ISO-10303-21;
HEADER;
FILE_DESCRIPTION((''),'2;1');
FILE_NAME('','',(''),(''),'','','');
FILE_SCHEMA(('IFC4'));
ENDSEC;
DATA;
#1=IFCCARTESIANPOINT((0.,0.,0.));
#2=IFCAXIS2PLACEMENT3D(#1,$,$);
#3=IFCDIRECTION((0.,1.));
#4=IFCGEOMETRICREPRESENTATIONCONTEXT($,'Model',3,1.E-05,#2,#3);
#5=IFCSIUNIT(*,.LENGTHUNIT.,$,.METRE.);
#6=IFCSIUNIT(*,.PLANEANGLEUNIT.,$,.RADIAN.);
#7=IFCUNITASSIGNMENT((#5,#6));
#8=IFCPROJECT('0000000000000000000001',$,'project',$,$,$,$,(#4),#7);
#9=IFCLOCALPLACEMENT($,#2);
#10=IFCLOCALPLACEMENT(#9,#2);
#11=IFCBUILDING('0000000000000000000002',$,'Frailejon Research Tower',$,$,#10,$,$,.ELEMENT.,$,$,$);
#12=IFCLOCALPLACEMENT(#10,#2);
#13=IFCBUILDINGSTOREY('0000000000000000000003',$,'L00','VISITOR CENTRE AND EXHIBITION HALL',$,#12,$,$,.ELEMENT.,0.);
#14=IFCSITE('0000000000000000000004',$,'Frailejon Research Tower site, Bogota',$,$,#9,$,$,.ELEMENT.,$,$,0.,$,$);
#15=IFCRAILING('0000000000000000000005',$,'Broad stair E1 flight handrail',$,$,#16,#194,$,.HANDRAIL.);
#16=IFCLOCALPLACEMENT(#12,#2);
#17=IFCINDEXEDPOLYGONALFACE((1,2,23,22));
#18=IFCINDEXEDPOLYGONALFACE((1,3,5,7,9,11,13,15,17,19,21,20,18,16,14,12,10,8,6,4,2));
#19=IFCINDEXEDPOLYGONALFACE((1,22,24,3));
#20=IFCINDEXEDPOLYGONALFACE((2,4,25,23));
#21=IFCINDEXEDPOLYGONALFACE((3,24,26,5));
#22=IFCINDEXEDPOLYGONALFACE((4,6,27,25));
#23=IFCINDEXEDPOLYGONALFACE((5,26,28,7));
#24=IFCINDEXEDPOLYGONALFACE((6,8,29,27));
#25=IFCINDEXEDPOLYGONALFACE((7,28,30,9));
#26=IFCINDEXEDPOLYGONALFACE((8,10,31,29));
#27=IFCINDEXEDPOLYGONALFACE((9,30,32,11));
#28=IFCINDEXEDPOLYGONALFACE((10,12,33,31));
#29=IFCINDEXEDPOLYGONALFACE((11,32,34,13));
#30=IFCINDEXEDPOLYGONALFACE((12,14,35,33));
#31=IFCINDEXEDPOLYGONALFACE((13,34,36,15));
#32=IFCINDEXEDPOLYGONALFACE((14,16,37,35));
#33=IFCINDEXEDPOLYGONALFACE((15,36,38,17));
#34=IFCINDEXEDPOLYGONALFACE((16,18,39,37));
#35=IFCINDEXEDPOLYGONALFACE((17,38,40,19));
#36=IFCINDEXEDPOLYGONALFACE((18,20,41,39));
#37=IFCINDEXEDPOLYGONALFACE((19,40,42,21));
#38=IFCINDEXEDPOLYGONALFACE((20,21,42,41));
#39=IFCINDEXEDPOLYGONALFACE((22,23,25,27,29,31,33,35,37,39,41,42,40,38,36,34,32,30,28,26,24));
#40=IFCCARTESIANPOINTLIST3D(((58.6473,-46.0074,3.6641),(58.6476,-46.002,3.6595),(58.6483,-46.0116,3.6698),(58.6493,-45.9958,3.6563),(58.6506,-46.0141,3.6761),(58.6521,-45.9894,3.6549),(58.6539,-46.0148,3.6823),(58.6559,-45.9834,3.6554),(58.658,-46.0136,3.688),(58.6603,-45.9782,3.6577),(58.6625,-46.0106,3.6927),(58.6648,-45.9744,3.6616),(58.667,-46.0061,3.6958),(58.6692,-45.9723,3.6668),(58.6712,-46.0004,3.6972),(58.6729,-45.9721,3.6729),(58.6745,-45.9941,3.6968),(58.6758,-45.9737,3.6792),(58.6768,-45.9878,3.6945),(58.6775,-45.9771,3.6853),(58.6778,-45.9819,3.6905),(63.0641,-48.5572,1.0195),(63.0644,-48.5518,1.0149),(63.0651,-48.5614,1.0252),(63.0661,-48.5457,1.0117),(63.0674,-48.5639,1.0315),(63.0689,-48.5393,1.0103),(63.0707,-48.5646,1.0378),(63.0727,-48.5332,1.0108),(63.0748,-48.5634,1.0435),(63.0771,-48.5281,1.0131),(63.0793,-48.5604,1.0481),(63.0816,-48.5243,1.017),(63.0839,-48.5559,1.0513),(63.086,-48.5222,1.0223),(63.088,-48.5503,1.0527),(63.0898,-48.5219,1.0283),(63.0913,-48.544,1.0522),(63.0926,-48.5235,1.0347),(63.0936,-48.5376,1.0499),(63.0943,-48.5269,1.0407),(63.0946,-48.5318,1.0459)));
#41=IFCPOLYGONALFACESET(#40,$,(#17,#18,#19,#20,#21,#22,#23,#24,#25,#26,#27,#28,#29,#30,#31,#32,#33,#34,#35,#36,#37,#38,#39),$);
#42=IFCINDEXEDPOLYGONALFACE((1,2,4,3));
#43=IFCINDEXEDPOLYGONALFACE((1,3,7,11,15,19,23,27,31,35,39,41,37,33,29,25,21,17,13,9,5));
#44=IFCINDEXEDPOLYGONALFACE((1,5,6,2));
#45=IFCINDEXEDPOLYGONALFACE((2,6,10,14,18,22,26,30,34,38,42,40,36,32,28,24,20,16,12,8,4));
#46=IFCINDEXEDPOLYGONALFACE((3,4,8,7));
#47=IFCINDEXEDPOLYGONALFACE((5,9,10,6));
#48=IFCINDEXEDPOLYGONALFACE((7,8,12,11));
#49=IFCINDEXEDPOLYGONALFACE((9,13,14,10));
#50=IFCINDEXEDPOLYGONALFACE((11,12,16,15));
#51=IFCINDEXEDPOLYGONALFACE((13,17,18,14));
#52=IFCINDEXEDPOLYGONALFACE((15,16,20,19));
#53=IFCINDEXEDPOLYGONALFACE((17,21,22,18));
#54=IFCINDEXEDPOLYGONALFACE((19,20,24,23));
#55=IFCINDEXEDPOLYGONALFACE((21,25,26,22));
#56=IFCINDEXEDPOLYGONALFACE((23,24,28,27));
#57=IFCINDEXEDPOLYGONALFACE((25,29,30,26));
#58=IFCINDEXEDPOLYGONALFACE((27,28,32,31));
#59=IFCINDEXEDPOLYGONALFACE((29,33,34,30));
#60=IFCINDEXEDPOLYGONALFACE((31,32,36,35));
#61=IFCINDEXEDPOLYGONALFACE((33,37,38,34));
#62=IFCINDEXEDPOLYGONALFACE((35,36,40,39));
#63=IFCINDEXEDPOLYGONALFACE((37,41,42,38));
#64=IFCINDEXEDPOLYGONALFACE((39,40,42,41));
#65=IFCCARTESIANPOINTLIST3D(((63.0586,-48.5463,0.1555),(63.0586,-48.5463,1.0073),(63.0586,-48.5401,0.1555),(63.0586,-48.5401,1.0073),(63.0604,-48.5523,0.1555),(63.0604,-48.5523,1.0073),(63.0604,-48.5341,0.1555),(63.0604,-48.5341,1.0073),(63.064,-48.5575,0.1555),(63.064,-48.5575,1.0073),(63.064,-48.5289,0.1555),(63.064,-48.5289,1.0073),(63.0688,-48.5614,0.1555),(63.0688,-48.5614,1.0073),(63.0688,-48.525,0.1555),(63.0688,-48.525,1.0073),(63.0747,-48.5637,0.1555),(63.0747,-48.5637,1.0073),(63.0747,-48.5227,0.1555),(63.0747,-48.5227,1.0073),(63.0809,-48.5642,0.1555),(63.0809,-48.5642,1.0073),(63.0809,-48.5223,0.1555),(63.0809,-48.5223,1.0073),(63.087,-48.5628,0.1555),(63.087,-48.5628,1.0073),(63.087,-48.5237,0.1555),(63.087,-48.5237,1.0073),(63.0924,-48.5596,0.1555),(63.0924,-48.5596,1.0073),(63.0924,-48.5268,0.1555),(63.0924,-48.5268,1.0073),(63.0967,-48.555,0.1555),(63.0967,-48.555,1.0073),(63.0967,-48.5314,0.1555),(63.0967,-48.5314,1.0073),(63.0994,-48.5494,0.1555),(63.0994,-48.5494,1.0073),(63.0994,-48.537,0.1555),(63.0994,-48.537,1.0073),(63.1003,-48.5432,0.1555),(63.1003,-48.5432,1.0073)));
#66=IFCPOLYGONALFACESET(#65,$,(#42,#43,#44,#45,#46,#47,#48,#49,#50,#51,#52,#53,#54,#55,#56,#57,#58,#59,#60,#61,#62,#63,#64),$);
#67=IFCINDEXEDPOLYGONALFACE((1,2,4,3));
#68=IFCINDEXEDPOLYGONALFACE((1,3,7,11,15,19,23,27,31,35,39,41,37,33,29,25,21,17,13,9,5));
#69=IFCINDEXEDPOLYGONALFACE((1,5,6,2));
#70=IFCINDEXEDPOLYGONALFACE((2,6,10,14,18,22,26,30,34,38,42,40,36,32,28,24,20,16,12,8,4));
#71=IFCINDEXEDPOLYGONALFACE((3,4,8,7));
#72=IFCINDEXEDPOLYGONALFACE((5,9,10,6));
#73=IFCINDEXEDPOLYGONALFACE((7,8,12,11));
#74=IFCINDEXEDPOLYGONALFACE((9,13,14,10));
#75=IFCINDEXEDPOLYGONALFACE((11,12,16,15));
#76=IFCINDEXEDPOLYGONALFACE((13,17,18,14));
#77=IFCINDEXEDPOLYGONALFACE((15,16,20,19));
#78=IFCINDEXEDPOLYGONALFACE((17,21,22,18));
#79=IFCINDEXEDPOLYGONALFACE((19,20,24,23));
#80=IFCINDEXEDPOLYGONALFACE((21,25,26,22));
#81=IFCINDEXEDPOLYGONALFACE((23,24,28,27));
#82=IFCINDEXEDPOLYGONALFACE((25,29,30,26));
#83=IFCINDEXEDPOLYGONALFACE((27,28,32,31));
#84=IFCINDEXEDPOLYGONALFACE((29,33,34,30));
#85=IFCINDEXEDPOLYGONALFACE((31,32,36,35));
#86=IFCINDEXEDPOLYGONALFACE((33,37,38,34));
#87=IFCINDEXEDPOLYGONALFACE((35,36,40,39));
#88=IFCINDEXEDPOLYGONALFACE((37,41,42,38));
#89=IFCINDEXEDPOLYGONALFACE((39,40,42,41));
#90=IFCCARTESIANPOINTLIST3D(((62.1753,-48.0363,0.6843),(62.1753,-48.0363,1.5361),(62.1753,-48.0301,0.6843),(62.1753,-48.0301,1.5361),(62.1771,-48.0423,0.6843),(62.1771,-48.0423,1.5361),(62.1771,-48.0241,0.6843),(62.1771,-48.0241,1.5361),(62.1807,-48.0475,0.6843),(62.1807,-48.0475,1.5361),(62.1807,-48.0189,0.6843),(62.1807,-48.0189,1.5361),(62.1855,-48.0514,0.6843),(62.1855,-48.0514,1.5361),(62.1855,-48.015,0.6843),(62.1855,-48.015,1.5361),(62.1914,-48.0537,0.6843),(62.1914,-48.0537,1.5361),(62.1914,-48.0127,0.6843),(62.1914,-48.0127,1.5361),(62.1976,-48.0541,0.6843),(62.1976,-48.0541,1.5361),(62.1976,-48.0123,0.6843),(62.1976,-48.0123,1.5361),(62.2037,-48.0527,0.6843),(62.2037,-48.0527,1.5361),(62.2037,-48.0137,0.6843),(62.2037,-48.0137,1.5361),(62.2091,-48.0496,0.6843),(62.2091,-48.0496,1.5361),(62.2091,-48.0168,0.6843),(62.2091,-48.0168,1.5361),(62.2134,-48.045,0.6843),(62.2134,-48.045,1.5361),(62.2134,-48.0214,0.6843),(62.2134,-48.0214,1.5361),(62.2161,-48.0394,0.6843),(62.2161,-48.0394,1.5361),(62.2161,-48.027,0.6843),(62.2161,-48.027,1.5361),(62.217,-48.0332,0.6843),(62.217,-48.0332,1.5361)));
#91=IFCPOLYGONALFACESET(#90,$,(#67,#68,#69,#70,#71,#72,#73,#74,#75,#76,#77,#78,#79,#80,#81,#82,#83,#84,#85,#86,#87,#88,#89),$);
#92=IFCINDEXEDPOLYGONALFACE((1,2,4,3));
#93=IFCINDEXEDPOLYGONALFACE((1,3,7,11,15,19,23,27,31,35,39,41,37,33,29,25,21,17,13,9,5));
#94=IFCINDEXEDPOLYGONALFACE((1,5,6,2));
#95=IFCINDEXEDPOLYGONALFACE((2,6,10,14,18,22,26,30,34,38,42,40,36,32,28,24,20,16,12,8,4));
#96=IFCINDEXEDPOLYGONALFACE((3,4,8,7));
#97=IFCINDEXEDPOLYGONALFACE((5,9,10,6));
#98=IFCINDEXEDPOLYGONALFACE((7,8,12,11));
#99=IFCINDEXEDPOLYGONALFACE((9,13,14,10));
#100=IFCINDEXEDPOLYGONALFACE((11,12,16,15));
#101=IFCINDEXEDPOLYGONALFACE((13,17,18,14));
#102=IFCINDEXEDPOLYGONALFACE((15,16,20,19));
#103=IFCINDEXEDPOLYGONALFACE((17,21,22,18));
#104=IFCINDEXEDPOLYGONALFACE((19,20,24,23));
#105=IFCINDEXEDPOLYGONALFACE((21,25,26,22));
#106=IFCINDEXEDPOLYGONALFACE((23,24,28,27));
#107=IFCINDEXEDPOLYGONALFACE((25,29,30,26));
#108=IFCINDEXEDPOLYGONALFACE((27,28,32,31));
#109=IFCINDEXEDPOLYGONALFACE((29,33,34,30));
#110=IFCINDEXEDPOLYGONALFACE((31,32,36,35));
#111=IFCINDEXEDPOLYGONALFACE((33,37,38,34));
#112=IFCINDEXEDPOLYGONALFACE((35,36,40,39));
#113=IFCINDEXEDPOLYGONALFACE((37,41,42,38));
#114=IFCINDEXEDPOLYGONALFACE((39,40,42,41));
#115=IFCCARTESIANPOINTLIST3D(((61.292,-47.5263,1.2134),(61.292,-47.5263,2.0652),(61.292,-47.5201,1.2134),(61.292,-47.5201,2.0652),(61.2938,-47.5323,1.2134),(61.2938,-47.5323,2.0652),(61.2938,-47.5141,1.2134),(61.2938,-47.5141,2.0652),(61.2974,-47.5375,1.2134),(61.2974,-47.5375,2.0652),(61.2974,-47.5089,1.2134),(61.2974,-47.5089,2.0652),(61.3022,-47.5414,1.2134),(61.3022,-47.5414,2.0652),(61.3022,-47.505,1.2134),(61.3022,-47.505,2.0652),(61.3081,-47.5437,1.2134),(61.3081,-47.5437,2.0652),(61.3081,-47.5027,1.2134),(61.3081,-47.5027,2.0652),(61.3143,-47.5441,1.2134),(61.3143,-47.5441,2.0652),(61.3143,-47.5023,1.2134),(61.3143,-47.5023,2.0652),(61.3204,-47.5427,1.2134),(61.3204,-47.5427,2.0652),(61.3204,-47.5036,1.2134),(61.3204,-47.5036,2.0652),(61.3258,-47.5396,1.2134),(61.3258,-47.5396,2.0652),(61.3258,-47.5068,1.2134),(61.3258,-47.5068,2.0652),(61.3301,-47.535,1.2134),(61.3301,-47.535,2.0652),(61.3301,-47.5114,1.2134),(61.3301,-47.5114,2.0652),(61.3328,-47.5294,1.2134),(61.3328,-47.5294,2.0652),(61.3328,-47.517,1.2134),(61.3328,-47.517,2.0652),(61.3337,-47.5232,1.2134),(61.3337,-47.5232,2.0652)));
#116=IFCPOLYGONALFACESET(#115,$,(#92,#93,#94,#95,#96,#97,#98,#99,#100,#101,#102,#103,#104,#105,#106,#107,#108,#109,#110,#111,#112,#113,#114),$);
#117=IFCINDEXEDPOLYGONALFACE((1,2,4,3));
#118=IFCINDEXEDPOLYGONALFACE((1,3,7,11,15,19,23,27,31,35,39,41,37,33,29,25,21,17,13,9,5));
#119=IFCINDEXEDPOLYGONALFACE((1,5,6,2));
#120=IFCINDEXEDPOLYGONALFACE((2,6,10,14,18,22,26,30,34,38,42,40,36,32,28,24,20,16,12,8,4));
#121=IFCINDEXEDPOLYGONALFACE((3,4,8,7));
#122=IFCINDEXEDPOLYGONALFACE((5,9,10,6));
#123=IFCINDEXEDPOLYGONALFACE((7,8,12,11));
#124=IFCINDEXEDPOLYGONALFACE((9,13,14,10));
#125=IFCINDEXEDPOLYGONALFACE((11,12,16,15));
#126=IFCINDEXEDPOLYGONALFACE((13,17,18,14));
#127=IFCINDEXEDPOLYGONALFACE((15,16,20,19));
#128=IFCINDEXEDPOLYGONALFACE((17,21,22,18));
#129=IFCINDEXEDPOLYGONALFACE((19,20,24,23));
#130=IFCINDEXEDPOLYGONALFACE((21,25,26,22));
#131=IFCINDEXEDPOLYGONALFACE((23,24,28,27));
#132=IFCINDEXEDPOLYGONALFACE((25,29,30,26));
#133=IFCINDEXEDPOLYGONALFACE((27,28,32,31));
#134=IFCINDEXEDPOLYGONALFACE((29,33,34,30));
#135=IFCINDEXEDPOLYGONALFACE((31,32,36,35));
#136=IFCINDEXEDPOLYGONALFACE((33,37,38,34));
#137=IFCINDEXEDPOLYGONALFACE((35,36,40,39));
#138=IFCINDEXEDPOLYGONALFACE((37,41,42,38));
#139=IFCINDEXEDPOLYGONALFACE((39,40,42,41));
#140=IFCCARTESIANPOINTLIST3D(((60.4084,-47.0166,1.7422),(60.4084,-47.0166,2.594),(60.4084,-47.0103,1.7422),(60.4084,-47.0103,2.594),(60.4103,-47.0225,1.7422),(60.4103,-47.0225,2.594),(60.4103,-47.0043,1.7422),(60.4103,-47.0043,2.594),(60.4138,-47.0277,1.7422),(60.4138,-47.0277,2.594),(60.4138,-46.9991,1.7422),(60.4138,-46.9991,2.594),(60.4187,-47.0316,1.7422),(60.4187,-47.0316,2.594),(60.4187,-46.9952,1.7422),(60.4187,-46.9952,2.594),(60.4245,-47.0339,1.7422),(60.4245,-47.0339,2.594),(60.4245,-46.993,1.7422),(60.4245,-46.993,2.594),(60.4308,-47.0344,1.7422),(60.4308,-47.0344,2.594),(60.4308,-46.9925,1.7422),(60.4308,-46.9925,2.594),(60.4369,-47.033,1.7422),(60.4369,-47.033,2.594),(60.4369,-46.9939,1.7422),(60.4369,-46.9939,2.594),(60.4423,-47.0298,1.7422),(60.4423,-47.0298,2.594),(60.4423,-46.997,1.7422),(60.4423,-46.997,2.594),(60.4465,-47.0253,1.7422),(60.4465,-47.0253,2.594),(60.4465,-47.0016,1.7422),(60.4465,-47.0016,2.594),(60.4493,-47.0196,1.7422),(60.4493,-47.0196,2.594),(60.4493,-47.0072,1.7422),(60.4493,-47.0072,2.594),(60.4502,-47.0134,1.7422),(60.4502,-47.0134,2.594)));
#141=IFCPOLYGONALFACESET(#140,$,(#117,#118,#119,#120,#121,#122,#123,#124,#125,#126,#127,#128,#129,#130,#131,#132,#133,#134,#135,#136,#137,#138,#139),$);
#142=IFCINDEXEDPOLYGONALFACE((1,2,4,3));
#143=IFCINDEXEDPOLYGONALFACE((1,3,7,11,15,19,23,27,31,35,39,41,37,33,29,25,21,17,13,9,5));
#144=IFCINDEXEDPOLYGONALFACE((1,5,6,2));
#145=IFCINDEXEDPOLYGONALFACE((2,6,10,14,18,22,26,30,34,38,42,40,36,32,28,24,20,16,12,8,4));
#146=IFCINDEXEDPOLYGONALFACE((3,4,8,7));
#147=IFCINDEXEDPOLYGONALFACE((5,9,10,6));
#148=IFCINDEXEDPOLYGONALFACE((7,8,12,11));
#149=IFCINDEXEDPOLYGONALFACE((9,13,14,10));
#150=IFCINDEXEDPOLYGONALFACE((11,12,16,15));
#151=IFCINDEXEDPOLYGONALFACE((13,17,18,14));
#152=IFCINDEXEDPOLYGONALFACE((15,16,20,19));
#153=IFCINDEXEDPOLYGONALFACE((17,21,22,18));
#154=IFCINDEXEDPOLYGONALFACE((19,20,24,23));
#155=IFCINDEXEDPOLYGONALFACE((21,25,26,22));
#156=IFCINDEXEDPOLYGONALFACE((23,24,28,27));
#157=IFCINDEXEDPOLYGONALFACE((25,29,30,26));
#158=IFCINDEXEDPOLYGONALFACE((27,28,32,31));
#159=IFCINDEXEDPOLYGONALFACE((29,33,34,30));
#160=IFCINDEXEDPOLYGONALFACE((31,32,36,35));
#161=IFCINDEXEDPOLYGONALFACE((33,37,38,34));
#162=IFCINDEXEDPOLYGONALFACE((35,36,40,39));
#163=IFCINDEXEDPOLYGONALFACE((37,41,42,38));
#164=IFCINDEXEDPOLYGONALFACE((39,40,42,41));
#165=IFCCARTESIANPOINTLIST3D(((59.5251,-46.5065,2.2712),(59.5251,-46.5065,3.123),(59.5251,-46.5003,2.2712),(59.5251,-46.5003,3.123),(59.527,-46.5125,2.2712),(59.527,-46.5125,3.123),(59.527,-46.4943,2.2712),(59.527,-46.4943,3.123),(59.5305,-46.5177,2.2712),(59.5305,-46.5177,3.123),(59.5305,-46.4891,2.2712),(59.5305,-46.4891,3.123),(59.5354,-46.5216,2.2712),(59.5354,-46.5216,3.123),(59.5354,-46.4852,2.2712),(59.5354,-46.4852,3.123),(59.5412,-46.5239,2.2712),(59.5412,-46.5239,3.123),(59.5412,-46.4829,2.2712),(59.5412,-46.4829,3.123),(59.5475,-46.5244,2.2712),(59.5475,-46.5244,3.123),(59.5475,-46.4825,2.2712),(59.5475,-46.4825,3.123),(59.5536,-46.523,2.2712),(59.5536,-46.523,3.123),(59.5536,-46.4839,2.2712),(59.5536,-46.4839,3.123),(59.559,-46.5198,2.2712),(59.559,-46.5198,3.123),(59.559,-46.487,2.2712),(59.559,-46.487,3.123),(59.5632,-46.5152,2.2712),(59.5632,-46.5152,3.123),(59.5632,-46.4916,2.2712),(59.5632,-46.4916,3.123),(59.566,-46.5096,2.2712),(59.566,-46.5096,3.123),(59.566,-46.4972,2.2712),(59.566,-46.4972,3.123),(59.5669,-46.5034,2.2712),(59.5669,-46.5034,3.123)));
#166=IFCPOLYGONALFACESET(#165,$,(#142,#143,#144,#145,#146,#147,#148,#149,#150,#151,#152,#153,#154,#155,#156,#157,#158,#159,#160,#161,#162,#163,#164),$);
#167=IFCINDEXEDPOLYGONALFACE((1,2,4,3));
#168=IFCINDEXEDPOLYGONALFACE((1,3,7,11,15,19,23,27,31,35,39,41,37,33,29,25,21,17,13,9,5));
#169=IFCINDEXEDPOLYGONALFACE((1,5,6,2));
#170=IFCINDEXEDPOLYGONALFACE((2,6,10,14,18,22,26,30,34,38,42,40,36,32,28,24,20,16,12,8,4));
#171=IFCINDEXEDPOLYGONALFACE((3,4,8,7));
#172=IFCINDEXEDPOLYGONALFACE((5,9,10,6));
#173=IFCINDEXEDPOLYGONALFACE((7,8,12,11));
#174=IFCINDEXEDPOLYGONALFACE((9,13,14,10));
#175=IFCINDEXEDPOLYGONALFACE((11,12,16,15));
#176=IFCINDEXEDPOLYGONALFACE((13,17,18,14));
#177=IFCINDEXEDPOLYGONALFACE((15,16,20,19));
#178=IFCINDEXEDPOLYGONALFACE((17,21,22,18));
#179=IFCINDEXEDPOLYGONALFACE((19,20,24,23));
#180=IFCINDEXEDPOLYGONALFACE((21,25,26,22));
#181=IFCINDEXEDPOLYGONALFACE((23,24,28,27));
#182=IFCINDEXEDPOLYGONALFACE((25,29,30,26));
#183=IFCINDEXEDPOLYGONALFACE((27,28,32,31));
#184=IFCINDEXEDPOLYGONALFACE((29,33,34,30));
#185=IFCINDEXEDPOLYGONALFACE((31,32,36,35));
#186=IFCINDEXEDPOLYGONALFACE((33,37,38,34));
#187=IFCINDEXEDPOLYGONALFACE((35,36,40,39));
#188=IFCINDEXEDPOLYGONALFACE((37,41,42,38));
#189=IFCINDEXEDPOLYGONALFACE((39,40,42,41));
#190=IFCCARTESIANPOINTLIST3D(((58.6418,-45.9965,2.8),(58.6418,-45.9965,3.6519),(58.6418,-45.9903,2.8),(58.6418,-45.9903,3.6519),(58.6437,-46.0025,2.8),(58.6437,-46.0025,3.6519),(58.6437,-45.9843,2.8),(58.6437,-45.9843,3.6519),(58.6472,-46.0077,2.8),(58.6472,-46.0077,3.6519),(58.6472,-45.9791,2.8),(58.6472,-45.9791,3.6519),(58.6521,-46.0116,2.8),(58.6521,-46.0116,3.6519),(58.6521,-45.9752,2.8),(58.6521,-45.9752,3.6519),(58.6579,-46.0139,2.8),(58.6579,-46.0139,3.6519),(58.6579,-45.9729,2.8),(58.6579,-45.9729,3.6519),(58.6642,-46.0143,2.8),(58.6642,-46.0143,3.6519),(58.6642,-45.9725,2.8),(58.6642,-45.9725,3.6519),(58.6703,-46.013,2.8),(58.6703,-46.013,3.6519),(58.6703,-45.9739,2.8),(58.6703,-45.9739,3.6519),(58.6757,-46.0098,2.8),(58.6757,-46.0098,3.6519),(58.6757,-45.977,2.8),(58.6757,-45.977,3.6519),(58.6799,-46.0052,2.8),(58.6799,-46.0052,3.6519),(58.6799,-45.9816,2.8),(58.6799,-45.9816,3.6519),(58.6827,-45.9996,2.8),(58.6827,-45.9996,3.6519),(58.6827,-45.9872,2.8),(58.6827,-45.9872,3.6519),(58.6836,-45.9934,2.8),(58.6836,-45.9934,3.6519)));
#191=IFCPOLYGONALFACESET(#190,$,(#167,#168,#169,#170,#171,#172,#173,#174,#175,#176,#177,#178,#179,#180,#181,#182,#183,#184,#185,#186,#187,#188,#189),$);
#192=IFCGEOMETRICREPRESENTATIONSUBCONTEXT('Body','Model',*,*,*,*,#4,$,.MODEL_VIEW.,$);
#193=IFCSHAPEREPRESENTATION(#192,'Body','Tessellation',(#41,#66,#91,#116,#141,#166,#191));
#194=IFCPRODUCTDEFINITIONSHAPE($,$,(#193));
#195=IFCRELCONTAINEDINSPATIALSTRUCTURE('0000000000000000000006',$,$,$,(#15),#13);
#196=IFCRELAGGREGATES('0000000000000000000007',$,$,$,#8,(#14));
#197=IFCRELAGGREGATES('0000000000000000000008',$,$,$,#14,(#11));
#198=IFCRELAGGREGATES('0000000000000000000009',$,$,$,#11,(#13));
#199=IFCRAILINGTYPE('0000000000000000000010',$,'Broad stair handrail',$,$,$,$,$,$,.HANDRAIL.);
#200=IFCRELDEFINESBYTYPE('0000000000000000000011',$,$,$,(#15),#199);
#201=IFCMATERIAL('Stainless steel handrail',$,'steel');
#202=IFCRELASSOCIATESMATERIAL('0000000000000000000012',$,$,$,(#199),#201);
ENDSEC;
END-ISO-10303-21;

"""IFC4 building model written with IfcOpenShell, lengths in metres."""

from ifc_helpers import new_model, si_unit, direction, frame, origin, origin_2d, place, context, subcontext, project, spatial, circle, extrude, material, type_object, element, save


model = new_model("IFC4")

# Units and contexts
model_context = context("Model", 3, precision=1e-05, world=origin(), true_north=direction((0.0, 1.0)))
body_context = subcontext(model_context, "Body", "Model", "MODEL_VIEW")
ifc_project = project(units=[si_unit("LENGTHUNIT", "METRE"), si_unit("PLANEANGLEUNIT", "RADIAN")], contexts=[model_context])

# Site, building, storey
site_placement = place(None, origin())
site = spatial("IfcSite", under=ifc_project, at=site_placement, Name="Frailejon Research Tower site, Bogota", CompositionType="ELEMENT", RefElevation=0.0)
building_placement = place(site_placement, origin())
building = spatial("IfcBuilding", under=site, at=building_placement, Name="Frailejon Research Tower", CompositionType="ELEMENT")
storey_placement = place(building_placement, origin())
storey = spatial("IfcBuildingStorey", under=building, at=storey_placement, Name="L00", Description="VISITOR CENTRE AND EXHIBITION HALL", CompositionType="ELEMENT", Elevation=0.0)

# Railing
ifc_material_1 = material(Name="Stainless steel handrail", Category="steel")
railing_type_1 = type_object("IfcRailingType", Name="Broad stair handrail", PredefinedType="HANDRAIL", material=ifc_material_1)
for number, where, name in (
    (1, (63.0793, -48.5432, 0.1555), "Broad stair E1 flight handrail"),
):
    element("IfcRailing", number, at=place(storey_placement, frame(where)), inside=storey, type_object=railing_type_1, Name=name, PredefinedType="HANDRAIL", context=body_context, shape_type="SweptSolid", body=[
        extrude(circle(Radius=0.0239, at=origin_2d()), frame((0.0, 0.0, 0.876), z_axis=(-0.768826, 0.443846, 0.460335), x_axis=(-0.49997, -0.866043, 0.0)), (0.0, 0.0, 1.0), 5.7449),
        extrude(circle(Radius=0.021, at=origin_2d()), origin(), (0.0, 0.0, 1.0), 0.8518),
        extrude(circle(Radius=0.021, at=origin_2d()), frame((-0.8833, 0.51, 0.5288)), (0.0, 0.0, 1.0), 0.8518),
        extrude(circle(Radius=0.021, at=origin_2d()), frame((-1.7666, 1.02, 1.0579)), (0.0, 0.0, 1.0), 0.8518),
        extrude(circle(Radius=0.021, at=origin_2d()), frame((-2.6501, 1.5298, 1.5867)), (0.0, 0.0, 1.0), 0.8518),
        extrude(circle(Radius=0.021, at=origin_2d()), frame((-3.5334, 2.0398, 2.1157)), (0.0, 0.0, 1.0), 0.8518),
        extrude(circle(Radius=0.021, at=origin_2d()), frame((-4.4167, 2.5498, 2.6445)), (0.0, 0.0, 1.0), 0.8518),
    ])

save(model, "model.ifc")
